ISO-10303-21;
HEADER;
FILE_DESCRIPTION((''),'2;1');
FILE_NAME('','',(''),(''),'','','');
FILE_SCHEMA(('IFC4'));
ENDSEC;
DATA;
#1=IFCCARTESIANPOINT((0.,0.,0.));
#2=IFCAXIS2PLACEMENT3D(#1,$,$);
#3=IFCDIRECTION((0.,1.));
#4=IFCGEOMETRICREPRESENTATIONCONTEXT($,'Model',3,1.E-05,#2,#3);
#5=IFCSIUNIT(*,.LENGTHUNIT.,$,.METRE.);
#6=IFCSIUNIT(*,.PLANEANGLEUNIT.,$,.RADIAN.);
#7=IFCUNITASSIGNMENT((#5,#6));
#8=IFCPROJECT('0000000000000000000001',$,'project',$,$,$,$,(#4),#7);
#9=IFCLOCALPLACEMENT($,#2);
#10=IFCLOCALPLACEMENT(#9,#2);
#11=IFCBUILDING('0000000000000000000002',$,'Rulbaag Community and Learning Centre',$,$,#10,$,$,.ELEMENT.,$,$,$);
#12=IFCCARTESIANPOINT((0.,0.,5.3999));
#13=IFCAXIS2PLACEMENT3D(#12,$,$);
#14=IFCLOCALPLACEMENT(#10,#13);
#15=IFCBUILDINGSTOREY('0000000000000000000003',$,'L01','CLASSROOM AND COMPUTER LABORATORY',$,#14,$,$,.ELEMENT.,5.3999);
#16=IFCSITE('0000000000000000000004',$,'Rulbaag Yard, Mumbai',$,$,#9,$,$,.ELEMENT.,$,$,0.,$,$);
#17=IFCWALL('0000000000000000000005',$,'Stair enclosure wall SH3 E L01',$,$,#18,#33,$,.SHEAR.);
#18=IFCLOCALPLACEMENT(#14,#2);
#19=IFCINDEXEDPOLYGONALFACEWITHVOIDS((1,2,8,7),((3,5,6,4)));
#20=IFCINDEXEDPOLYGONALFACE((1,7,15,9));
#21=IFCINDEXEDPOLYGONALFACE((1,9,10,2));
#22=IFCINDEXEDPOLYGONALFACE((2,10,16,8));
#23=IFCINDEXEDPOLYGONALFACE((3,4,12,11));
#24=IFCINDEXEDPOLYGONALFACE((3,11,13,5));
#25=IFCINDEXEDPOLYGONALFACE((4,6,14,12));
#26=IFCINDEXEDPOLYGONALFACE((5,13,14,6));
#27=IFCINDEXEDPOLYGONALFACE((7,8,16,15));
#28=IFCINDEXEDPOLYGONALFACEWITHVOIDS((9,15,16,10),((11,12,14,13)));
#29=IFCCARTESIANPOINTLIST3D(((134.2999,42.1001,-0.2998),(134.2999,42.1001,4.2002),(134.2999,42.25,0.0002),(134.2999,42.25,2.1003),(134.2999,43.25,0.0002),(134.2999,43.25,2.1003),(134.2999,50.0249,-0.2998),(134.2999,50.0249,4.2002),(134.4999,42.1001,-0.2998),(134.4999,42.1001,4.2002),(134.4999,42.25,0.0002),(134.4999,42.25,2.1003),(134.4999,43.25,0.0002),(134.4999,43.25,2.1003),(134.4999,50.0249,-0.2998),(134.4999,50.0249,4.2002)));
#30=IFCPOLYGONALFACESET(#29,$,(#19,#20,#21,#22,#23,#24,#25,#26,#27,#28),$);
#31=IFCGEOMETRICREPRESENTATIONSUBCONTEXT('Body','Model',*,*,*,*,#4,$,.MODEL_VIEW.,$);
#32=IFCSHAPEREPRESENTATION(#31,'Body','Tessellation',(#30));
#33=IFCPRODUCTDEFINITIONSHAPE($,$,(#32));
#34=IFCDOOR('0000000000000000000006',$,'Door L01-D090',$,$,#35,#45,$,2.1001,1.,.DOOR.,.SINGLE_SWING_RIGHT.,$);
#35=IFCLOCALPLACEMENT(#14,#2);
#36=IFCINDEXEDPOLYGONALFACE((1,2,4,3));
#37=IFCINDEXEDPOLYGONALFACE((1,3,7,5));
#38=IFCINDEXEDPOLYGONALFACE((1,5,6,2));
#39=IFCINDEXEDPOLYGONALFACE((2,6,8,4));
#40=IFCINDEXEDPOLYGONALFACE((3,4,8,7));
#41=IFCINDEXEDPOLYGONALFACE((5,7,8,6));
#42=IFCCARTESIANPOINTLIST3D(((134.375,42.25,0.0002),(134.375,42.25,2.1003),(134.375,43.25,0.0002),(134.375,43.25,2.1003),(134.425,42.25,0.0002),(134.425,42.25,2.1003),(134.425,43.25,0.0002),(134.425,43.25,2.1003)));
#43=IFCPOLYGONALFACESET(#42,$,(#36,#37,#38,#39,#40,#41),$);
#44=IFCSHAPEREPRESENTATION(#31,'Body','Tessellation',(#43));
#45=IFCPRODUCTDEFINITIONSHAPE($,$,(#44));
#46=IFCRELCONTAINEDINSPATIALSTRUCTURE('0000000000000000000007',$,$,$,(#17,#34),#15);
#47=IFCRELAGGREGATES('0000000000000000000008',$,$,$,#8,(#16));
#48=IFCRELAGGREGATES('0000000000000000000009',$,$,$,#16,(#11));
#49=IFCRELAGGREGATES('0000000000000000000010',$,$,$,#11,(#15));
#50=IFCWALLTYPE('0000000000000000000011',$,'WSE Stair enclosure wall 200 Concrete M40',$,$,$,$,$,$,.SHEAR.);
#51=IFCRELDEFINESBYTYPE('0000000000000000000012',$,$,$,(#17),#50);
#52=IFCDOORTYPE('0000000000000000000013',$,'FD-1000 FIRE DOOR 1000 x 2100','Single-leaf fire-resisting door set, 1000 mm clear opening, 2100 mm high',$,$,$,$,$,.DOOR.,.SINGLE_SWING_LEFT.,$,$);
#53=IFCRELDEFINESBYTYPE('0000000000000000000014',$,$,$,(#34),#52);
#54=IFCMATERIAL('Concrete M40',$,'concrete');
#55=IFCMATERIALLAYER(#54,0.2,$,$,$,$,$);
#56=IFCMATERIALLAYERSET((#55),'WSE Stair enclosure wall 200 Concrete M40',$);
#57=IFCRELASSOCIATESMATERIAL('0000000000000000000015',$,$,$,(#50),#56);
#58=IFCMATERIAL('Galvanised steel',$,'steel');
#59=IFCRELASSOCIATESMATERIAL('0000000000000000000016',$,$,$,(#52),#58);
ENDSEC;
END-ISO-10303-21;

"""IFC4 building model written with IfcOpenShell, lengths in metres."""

from ifc_helpers import new_model, si_unit, direction, frame, frame_2d, origin, place, context, subcontext, project, spatial, rectangle, extrude, material, layer, layer_set, type_object, element, fill, save


model = new_model("IFC4")

# Units and contexts
model_context = context("Model", 3, precision=1e-05, world=origin(), true_north=direction((0.0, 1.0)))
body_context = subcontext(model_context, "Body", "Model", "MODEL_VIEW")
ifc_project = project(units=[si_unit("LENGTHUNIT", "METRE"), si_unit("PLANEANGLEUNIT", "RADIAN")], contexts=[model_context])

# Site, building, storey
site_placement = place(None, origin())
site = spatial("IfcSite", under=ifc_project, at=site_placement, Name="Rulbaag Yard, Mumbai", CompositionType="ELEMENT", RefElevation=0.0)
building_placement = place(site_placement, origin())
building = spatial("IfcBuilding", under=site, at=building_placement, Name="Rulbaag Community and Learning Centre", CompositionType="ELEMENT")
storey_placement = place(building_placement, frame((0.0, 0.0, 5.3999)))
storey = spatial("IfcBuildingStorey", under=building, at=storey_placement, Name="L01", Description="CLASSROOM AND COMPUTER LABORATORY", CompositionType="ELEMENT", Elevation=5.3999)

# Shared definitions
ifc_material_1 = material(Name="Concrete M40", Category="concrete")

# Wall, opening, door
ifc_layer_1 = layer(ifc_material_1, 0.2)
ifc_layer_set_1 = layer_set([ifc_layer_1], Name="WSE Stair enclosure wall 200 Concrete M40")
wall_type_1 = type_object("IfcWallType", Name="WSE Stair enclosure wall 200 Concrete M40", PredefinedType="SHEAR", material=ifc_layer_set_1)
wall_1_placement = place(storey_placement, frame((134.3999, 42.1001, -0.2998), z_axis=(0.0, 0.0, 1.0), x_axis=(0.0, 1.0, 0.0)))
wall_1 = element("IfcWall", 1, at=wall_1_placement, inside=storey, type_object=wall_type_1, Name="Stair enclosure wall SH3 E L01", PredefinedType="SHEAR", context=body_context, shape_type="SweptSolid", body=[
    extrude(rectangle(XDim=7.9248, YDim=0.2, at=frame_2d((3.9624, 0.0))), origin(), (0.0, 0.0, 1.0), 4.5),
])
opening_1_placement = place(wall_1_placement, frame((0.1499, 0.0, 0.3)))
opening_1 = element("IfcOpeningElement", 2, at=opening_1_placement, cuts=wall_1, PredefinedType="OPENING", context=body_context, shape_type="SweptSolid", body=[
    extrude(rectangle(XDim=1.0, YDim=2.1001, at=frame_2d((0.5, 1.05))), frame((0.0, 0.1099, 0.0), z_axis=(0.0, -1.0, 0.0), x_axis=(1.0, 0.0, 0.0)), (0.0, 0.0, 1.0), 0.22),
])
ifc_material_2 = material(Name="Galvanised steel", Category="steel")
door_type_1 = type_object("IfcDoorType", Name="FD-1000 FIRE DOOR 1000 x 2100", Description="Single-leaf fire-resisting door set, 1000 mm clear opening, 2100 mm high", OperationType="SINGLE_SWING_LEFT", PredefinedType="DOOR", material=ifc_material_2)
door_1_placement = place(opening_1_placement, origin())
door_1 = element("IfcDoor", 3, at=door_1_placement, inside=storey, type_object=door_type_1, Name="Door L01-D090", OperationType="SINGLE_SWING_RIGHT", OverallHeight=2.1001, OverallWidth=1.0, PredefinedType="DOOR", context=body_context, shape_type="SweptSolid", body=[
    extrude(rectangle(XDim=1.0, YDim=2.1001, at=frame_2d((0.5, 1.05))), frame((0.0, 0.0249, 0.0), z_axis=(0.0, -1.0, 0.0), x_axis=(1.0, 0.0, 0.0)), (0.0, 0.0, 1.0), 0.05),
])
fill(opening_1, door_1)

save(model, "model.ifc")
